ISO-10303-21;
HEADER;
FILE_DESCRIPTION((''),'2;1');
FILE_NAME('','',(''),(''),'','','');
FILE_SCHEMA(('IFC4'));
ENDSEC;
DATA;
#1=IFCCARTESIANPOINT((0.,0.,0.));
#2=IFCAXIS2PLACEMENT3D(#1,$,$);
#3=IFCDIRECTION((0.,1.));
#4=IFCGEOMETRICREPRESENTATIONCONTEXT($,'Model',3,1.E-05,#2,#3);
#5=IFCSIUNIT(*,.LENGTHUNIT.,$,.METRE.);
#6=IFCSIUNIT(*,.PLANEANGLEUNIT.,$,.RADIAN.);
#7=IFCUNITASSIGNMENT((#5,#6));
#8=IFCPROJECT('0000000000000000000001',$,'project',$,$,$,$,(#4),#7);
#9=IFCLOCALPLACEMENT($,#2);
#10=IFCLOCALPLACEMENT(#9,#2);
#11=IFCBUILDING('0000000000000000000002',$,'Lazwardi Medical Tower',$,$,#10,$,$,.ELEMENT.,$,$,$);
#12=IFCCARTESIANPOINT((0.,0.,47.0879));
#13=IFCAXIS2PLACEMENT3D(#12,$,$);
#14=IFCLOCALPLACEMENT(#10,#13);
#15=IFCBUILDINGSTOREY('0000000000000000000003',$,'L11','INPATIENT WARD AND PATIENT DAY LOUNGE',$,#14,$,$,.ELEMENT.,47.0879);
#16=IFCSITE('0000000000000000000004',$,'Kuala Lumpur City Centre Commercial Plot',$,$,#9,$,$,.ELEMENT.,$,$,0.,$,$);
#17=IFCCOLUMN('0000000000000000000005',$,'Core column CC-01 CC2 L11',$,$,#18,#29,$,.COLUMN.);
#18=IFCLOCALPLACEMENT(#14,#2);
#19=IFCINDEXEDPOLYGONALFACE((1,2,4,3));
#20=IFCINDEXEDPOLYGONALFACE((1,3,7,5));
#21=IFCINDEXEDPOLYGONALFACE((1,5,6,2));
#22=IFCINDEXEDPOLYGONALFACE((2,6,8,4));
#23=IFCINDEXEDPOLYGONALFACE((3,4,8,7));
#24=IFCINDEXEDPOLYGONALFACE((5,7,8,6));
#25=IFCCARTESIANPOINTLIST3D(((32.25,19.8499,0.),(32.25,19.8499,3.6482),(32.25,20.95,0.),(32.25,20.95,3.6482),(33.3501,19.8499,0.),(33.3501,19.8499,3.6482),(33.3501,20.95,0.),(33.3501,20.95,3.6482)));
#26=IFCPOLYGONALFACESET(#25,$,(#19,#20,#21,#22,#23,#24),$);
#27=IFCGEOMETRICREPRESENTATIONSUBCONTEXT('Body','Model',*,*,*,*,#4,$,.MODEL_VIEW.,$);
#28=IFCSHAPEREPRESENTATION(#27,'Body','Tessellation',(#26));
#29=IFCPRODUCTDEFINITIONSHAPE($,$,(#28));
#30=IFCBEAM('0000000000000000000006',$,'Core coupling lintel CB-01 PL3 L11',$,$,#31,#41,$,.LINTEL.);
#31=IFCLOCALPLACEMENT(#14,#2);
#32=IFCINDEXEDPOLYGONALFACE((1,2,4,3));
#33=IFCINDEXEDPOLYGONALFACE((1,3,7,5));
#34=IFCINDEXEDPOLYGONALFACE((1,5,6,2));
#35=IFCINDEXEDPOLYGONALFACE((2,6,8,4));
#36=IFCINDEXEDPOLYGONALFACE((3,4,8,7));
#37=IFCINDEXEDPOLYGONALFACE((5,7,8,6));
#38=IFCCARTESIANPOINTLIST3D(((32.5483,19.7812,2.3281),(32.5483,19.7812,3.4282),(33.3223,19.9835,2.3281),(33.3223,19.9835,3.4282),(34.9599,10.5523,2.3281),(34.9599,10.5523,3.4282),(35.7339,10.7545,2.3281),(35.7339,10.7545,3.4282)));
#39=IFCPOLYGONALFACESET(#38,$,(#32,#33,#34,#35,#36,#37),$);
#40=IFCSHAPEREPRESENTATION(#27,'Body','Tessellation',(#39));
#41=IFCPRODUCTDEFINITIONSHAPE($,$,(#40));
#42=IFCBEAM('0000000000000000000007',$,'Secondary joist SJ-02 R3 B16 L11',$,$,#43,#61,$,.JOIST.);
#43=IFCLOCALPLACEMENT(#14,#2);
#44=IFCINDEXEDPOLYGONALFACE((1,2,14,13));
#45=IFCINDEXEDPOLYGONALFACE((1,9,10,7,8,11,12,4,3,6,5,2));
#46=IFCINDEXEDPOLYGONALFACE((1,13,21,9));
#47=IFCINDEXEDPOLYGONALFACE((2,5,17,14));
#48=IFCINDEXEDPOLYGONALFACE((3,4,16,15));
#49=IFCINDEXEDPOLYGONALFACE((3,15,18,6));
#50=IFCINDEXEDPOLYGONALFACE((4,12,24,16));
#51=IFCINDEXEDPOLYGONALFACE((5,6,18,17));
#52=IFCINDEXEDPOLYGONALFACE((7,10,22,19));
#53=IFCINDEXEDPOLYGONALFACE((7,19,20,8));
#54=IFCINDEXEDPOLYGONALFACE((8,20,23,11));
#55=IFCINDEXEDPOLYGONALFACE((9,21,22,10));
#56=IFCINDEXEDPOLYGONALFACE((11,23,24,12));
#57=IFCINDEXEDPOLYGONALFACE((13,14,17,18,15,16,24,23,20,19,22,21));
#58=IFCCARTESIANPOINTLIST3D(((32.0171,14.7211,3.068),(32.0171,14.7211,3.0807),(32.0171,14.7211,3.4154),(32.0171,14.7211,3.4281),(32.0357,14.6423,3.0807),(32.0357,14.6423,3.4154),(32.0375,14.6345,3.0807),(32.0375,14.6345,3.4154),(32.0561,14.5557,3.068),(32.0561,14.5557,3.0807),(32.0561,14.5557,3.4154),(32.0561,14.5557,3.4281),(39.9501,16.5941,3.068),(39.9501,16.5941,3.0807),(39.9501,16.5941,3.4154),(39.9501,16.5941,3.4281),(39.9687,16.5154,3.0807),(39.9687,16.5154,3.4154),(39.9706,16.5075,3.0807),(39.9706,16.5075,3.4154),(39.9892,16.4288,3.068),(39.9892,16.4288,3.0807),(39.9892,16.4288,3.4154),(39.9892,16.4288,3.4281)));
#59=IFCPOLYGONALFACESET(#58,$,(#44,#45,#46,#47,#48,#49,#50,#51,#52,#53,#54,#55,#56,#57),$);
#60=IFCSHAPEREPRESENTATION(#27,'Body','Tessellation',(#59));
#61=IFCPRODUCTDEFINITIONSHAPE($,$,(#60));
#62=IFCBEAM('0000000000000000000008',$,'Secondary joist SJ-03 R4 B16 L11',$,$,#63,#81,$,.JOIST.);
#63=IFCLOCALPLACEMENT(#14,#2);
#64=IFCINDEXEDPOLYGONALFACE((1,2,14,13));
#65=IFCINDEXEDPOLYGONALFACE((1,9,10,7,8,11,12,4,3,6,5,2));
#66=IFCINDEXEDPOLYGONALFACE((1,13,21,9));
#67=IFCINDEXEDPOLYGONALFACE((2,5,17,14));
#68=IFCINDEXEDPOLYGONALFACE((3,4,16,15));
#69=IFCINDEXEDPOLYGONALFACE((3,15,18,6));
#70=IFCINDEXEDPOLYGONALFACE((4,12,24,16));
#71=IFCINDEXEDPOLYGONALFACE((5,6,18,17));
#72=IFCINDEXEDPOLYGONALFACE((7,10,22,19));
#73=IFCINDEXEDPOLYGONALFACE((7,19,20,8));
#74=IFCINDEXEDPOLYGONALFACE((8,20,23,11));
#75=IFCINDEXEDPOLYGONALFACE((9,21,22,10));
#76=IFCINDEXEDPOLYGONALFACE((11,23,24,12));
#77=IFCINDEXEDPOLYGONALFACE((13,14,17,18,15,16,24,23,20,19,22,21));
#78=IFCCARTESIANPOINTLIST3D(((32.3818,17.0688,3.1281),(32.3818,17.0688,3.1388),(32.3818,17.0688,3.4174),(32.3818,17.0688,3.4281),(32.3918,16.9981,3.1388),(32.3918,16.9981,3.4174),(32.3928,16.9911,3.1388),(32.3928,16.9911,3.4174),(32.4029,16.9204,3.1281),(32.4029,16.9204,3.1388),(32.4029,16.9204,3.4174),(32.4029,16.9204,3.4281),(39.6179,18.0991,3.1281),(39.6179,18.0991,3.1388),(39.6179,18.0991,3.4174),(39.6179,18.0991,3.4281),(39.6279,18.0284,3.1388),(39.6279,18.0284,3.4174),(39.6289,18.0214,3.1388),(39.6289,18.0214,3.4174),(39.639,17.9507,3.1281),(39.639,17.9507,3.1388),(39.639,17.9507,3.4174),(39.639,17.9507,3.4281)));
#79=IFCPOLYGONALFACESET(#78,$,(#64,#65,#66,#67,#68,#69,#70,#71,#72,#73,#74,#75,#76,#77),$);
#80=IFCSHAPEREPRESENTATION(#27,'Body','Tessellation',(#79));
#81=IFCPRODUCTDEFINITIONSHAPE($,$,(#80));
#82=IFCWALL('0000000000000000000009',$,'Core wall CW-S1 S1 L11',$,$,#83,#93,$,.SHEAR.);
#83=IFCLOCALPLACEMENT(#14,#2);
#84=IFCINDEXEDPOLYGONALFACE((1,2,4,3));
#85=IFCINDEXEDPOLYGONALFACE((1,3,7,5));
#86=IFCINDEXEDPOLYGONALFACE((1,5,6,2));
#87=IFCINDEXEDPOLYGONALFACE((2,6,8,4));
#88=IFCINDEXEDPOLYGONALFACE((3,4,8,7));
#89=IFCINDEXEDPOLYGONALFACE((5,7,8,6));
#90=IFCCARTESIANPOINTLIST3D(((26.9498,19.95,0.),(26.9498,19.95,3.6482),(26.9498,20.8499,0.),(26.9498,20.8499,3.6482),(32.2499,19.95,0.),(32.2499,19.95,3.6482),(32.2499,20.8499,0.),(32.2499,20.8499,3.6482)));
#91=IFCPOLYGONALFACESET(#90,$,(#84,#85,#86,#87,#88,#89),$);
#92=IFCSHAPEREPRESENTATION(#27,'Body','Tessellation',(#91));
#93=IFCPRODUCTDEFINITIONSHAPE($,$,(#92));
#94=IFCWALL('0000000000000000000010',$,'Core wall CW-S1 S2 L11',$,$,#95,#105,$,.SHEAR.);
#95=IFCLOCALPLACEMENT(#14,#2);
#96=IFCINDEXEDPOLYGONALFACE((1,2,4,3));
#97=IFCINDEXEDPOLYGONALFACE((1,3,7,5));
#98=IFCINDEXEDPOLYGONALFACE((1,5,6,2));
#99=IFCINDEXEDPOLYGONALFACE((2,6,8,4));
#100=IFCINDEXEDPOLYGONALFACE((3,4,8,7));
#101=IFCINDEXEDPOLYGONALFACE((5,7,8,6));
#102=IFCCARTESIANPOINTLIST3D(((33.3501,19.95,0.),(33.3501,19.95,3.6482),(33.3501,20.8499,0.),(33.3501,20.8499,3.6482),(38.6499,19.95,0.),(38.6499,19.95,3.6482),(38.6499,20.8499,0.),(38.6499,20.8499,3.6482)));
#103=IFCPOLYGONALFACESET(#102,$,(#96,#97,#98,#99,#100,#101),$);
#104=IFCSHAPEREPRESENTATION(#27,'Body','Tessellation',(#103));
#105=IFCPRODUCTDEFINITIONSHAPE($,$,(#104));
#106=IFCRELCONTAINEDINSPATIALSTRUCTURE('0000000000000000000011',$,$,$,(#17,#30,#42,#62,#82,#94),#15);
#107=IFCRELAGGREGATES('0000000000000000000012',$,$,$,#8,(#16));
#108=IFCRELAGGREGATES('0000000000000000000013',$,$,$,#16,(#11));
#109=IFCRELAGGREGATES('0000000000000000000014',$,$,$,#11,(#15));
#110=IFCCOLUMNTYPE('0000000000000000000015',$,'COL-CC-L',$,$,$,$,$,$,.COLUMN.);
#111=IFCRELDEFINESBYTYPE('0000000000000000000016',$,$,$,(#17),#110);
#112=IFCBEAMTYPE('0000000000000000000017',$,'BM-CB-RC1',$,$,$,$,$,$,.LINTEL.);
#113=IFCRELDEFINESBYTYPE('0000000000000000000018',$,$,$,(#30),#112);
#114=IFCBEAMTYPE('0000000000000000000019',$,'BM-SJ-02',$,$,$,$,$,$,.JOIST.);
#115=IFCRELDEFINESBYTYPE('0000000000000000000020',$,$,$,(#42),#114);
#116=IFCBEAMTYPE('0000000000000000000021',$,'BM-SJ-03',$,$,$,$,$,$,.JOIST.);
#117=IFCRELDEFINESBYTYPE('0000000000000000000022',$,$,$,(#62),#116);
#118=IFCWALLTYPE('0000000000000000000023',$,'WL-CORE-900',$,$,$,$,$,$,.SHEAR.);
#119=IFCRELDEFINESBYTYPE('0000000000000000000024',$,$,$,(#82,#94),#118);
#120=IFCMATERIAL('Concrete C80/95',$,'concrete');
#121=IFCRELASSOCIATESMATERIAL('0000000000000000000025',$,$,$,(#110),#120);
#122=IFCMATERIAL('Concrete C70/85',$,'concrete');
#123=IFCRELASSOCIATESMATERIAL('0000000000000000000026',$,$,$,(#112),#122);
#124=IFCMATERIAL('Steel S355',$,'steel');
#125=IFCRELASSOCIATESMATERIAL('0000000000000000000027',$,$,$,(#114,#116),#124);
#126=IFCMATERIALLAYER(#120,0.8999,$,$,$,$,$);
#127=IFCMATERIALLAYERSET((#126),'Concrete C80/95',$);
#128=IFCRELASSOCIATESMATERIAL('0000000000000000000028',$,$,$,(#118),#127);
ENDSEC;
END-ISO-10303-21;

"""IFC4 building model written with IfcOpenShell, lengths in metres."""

from ifc_helpers import new_model, si_unit, direction, frame, frame_2d, origin, origin_2d, place, context, subcontext, project, spatial, rectangle, i_section, extrude, material, layer, layer_set, material_profile, profile_set, type_object, element, save


model = new_model("IFC4")

# Units and contexts
model_context = context("Model", 3, precision=1e-05, world=origin(), true_north=direction((0.0, 1.0)))
body_context = subcontext(model_context, "Body", "Model", "MODEL_VIEW")
ifc_project = project(units=[si_unit("LENGTHUNIT", "METRE"), si_unit("PLANEANGLEUNIT", "RADIAN")], contexts=[model_context])

# Site, building, storey
site_placement = place(None, origin())
site = spatial("IfcSite", under=ifc_project, at=site_placement, Name="Kuala Lumpur City Centre Commercial Plot", CompositionType="ELEMENT", RefElevation=0.0)
building_placement = place(site_placement, origin())
building = spatial("IfcBuilding", under=site, at=building_placement, Name="Lazwardi Medical Tower", CompositionType="ELEMENT")
storey_placement = place(building_placement, frame((0.0, 0.0, 47.0879)))
storey = spatial("IfcBuildingStorey", under=building, at=storey_placement, Name="L11", Description="INPATIENT WARD AND PATIENT DAY LOUNGE", CompositionType="ELEMENT", Elevation=47.0879)

# Column
ifc_material_1 = material(Name="Concrete C80/95", Category="concrete")
ifc_material_profile_1 = material_profile(ifc_material_1, rectangle(XDim=1.1001, YDim=1.1001, at=origin_2d()), Name="RC 1100x1100")
ifc_profile_set_1 = profile_set([ifc_material_profile_1], Name="Concrete C80/95")
column_type = type_object("IfcColumnType", Name="COL-CC-L", PredefinedType="COLUMN", material=ifc_profile_set_1)
column_placement = place(storey_placement, frame((32.8, 20.3999, 0.0), z_axis=(0.0, 0.0, 1.0), x_axis=(1.0, 0.0, 0.0)))
element("IfcColumn", 1, at=column_placement, inside=storey, type_object=column_type, Name="Core column CC-01 CC2 L11", PredefinedType="COLUMN", context=body_context, shape_type="SweptSolid", body=[
    extrude(rectangle(XDim=1.1001, YDim=1.1001, at=origin_2d()), origin(), (0.0, 0.0, 1.0), 3.6482),
])

# Beams
ifc_material_2 = material(Name="Concrete C70/85", Category="concrete")
ifc_material_profile_2 = material_profile(ifc_material_2, rectangle(XDim=0.8, YDim=1.1001, at=origin_2d()), Name="RC 800x1100")
ifc_profile_set_2 = profile_set([ifc_material_profile_2], Name="Concrete C70/85")
beam_type_1 = type_object("IfcBeamType", Name="BM-CB-RC1", PredefinedType="LINTEL", material=ifc_profile_set_2)
beam_1_placement = place(storey_placement, frame((32.9353, 19.8823, 2.8782), z_axis=(0.25282, -0.967513, 0.0), x_axis=(0.967513, 0.25282, 0.0)))
element("IfcBeam", 2, at=beam_1_placement, inside=storey, type_object=beam_type_1, Name="Core coupling lintel CB-01 PL3 L11", PredefinedType="LINTEL", context=body_context, shape_type="SweptSolid", body=[
    extrude(rectangle(XDim=0.8, YDim=1.1001, at=origin_2d()), origin(), (0.0, 0.0, 1.0), 9.5388),
])
ifc_material_3 = material(Name="Steel S355", Category="steel")
ifc_material_profile_3 = material_profile(ifc_material_3, i_section(OverallWidth=0.1699, OverallDepth=0.3601, WebThickness=0.0081, FlangeThickness=0.0127, at=origin_2d()), Name="IPE 360")
ifc_profile_set_3 = profile_set([ifc_material_profile_3], Name="Steel S355")
beam_type_2 = type_object("IfcBeamType", Name="BM-SJ-02", PredefinedType="JOIST", material=ifc_profile_set_3)
beam_2_placement = place(storey_placement, frame((32.0366, 14.6384, 3.248), z_axis=(0.973241, 0.229787, 0.0), x_axis=(-0.229787, 0.973241, 0.0)))
element("IfcBeam", 3, at=beam_2_placement, inside=storey, type_object=beam_type_2, Name="Secondary joist SJ-02 R3 B16 L11", PredefinedType="JOIST", context=body_context, shape_type="SweptSolid", body=[
    extrude(i_section(OverallWidth=0.1699, OverallDepth=0.3601, WebThickness=0.0081, FlangeThickness=0.0127, at=origin_2d()), origin(), (0.0, 0.0, 1.0), 8.1511),
])
ifc_material_profile_4 = material_profile(ifc_material_3, i_section(OverallWidth=0.1499, OverallDepth=0.3, WebThickness=0.0071, FlangeThickness=0.0107, at=origin_2d()), Name="IPE 300")
ifc_profile_set_4 = profile_set([ifc_material_profile_4], Name="Steel S355")
beam_type_3 = type_object("IfcBeamType", Name="BM-SJ-03", PredefinedType="JOIST", material=ifc_profile_set_4)
beam_3_placement = place(storey_placement, frame((32.3923, 16.9946, 3.2781), z_axis=(0.990016, 0.140958, 0.0), x_axis=(-0.140958, 0.990016, 0.0)))
element("IfcBeam", 4, at=beam_3_placement, inside=storey, type_object=beam_type_3, Name="Secondary joist SJ-03 R4 B16 L11", PredefinedType="JOIST", context=body_context, shape_type="SweptSolid", body=[
    extrude(i_section(OverallWidth=0.1499, OverallDepth=0.3, WebThickness=0.0071, FlangeThickness=0.0107, at=origin_2d()), origin(), (0.0, 0.0, 1.0), 7.3091),
])

# Walls
ifc_layer_1 = layer(ifc_material_1, 0.8999)
ifc_layer_set_1 = layer_set([ifc_layer_1], Name="Concrete C80/95")
wall_type_1 = type_object("IfcWallType", Name="WL-CORE-900", PredefinedType="SHEAR", material=ifc_layer_set_1)
wall_1_placement = place(storey_placement, frame((26.95, 20.3999, 0.0), z_axis=(0.0, 0.0, 1.0), x_axis=(1.0, 0.0, 0.0)))
element("IfcWall", 5, at=wall_1_placement, inside=storey, type_object=wall_type_1, Name="Core wall CW-S1 S1 L11", PredefinedType="SHEAR", context=body_context, shape_type="SweptSolid", body=[
    extrude(rectangle(XDim=5.3, YDim=0.8999, at=frame_2d((2.6499, 0.0))), origin(), (0.0, 0.0, 1.0), 3.6482),
])
wall_2_placement = place(storey_placement, frame((33.3501, 20.3999, 0.0), z_axis=(0.0, 0.0, 1.0), x_axis=(1.0, 0.0, 0.0)))
element("IfcWall", 6, at=wall_2_placement, inside=storey, type_object=wall_type_1, Name="Core wall CW-S1 S2 L11", PredefinedType="SHEAR", context=body_context, shape_type="SweptSolid", body=[
    extrude(rectangle(XDim=5.2998, YDim=0.8999, at=frame_2d((2.6499, 0.0))), origin(), (0.0, 0.0, 1.0), 3.6482),
])

save(model, "model.ifc")
